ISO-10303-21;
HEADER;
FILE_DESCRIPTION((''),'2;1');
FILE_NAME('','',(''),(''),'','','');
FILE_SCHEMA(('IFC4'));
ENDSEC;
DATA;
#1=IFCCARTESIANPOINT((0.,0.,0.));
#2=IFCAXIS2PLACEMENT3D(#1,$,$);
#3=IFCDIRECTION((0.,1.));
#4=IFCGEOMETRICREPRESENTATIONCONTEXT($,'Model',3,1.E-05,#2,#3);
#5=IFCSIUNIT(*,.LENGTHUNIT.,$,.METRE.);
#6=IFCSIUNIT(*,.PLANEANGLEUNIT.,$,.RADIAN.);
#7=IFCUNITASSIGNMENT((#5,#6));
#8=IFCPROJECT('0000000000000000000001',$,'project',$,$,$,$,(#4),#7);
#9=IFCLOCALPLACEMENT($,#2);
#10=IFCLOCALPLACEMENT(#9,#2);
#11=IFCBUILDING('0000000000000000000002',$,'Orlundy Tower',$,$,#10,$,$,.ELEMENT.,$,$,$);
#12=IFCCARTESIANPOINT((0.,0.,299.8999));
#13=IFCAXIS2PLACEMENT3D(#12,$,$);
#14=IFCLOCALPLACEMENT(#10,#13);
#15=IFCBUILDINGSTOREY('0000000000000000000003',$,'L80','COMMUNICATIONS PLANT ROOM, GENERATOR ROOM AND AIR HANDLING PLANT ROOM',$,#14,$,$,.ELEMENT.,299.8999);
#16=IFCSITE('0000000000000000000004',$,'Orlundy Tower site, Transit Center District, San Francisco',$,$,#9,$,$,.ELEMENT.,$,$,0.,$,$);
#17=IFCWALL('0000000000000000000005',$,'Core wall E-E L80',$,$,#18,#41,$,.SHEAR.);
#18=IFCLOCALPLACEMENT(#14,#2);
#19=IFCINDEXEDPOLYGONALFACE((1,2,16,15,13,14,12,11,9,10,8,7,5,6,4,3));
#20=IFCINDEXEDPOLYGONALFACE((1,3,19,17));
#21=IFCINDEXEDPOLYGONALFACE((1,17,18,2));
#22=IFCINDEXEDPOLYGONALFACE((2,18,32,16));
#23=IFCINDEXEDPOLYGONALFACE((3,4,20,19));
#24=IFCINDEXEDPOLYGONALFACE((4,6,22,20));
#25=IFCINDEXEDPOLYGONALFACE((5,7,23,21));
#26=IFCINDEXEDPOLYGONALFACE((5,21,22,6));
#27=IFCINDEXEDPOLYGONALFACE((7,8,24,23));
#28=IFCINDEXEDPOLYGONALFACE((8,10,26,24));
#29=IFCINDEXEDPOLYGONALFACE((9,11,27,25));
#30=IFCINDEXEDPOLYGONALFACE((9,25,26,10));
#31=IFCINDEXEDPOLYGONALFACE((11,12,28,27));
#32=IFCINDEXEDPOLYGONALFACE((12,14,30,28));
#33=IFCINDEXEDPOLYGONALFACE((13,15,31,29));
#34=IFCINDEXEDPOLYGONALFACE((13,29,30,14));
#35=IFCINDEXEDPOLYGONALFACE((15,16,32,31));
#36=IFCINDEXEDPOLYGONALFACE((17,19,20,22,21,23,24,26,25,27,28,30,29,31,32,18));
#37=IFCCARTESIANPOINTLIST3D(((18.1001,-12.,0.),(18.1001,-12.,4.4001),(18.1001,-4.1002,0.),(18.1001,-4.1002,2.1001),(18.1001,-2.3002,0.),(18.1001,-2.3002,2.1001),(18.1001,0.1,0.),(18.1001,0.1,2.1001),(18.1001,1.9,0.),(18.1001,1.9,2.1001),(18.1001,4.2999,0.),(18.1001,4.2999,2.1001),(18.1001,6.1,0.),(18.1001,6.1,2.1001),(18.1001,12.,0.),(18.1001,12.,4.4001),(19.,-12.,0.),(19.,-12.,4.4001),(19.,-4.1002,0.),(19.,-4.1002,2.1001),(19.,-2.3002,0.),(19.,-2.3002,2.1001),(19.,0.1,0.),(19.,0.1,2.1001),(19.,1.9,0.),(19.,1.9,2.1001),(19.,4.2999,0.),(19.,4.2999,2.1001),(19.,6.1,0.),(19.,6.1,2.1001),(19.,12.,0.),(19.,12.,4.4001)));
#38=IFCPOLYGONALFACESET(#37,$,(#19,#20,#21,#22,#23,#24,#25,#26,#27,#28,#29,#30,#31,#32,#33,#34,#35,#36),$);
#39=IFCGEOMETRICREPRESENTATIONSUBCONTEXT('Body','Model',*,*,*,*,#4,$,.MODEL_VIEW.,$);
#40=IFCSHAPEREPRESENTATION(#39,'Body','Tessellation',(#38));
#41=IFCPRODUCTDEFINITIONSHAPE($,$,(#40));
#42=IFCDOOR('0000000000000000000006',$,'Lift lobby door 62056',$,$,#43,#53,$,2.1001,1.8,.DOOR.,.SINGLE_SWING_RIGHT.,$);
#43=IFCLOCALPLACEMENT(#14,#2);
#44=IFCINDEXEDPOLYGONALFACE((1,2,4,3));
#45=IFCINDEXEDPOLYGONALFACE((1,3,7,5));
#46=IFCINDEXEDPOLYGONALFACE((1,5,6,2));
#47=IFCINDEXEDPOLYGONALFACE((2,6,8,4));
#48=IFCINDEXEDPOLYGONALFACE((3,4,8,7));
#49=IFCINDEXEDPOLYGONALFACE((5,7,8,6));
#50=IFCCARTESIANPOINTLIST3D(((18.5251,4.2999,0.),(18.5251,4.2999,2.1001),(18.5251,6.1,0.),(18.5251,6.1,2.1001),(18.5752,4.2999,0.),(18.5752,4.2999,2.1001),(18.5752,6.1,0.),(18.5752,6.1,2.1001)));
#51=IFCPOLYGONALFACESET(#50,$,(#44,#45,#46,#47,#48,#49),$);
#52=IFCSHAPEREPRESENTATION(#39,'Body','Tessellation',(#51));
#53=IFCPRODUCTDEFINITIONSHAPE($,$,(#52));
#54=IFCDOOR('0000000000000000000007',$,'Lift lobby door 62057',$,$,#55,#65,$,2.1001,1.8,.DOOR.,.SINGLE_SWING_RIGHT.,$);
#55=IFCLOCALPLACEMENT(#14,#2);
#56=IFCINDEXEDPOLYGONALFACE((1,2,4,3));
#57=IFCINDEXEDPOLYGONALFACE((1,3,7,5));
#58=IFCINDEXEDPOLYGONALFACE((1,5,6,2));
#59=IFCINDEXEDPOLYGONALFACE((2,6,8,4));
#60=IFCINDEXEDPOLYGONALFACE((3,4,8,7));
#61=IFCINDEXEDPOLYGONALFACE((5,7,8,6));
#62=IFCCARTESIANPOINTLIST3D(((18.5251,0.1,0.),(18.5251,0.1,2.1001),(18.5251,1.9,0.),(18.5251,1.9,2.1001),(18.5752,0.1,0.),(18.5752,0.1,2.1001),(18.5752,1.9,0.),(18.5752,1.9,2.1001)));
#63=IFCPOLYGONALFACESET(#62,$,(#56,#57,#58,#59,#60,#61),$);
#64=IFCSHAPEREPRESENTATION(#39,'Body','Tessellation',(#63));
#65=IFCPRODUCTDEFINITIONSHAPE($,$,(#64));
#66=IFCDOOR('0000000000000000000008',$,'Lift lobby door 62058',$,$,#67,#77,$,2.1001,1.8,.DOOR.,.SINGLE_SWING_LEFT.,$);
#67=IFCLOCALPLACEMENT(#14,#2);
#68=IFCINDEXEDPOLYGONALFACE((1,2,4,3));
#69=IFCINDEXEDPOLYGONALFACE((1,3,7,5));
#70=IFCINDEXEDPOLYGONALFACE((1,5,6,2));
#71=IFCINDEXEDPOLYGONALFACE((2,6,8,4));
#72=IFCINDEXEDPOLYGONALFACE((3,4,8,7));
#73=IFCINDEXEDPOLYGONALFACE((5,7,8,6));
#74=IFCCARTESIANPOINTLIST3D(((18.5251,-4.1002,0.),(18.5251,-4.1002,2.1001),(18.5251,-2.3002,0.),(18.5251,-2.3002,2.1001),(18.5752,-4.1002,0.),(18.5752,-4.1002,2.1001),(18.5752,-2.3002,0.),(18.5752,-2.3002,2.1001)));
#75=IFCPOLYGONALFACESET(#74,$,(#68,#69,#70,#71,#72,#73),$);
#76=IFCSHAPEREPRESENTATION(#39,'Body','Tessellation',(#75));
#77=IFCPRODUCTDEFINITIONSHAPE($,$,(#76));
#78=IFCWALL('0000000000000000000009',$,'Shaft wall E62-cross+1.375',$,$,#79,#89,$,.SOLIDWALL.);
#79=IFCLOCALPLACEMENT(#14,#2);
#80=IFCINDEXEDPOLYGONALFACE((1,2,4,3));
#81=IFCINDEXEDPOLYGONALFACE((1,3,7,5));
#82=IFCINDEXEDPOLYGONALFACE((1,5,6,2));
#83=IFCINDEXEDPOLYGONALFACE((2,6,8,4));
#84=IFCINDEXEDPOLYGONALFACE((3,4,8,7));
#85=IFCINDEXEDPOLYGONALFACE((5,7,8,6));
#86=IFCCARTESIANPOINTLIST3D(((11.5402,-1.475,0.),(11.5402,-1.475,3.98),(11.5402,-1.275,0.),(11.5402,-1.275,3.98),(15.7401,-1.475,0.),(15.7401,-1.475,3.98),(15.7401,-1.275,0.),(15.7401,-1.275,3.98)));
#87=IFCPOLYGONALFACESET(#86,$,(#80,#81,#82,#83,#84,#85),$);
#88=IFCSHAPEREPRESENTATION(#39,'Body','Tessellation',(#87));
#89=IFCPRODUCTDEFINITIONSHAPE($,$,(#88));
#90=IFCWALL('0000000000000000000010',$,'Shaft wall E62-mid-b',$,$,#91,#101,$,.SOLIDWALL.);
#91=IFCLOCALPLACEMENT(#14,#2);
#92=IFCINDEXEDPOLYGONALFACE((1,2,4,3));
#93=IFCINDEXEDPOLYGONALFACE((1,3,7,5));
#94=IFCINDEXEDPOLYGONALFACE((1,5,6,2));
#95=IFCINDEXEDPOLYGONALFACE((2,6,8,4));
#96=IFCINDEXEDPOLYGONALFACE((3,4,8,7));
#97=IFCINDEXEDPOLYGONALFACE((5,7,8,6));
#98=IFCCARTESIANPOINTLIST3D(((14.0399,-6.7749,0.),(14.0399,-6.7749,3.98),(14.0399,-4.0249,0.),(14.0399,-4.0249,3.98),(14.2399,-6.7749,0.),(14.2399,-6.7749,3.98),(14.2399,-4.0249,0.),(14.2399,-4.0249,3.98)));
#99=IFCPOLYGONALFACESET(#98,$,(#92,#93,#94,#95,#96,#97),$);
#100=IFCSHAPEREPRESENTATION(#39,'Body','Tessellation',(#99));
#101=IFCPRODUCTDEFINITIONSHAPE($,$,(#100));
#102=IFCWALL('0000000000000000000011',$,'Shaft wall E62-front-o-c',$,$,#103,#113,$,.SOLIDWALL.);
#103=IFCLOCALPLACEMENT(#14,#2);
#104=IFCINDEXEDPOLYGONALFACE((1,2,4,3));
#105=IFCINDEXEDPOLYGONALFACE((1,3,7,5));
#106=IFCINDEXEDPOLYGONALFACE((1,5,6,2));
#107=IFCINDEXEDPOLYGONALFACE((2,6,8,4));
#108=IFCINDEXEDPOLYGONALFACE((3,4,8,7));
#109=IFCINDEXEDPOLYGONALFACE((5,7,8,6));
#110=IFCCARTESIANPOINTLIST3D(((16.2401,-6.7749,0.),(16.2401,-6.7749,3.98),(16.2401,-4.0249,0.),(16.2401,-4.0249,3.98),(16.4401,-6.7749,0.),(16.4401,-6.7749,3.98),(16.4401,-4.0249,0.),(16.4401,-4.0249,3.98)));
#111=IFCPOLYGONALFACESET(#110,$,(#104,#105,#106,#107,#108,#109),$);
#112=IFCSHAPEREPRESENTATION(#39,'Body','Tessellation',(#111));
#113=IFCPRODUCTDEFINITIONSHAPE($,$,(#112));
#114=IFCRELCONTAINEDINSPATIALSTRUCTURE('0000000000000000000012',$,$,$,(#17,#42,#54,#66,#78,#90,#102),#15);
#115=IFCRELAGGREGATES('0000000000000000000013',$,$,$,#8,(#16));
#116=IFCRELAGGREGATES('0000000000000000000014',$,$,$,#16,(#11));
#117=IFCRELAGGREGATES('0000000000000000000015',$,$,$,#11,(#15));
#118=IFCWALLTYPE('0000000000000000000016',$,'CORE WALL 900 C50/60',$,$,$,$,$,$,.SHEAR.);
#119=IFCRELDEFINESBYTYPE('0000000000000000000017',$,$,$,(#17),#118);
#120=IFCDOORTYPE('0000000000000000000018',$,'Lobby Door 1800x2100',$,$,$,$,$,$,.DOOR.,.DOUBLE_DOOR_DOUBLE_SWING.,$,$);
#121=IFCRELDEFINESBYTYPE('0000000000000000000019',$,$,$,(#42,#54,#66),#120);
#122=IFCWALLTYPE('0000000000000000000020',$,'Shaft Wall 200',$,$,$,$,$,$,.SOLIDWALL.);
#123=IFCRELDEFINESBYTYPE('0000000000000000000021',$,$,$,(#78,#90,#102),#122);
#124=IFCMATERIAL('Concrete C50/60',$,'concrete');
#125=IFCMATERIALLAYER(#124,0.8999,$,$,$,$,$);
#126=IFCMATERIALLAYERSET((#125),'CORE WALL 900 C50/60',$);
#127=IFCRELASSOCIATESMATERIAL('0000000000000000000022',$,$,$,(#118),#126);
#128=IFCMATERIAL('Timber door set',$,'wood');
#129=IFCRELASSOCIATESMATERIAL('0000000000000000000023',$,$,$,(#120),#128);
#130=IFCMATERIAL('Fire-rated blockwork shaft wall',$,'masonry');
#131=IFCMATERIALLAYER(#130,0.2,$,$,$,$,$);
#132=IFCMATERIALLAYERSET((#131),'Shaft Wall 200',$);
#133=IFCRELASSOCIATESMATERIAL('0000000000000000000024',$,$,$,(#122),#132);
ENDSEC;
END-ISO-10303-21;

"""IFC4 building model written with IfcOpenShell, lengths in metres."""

from ifc_helpers import new_model, si_unit, direction, frame, frame_2d, origin, place, context, subcontext, project, spatial, rectangle, extrude, material, layer, layer_set, type_object, element, fill, save


model = new_model("IFC4")

# Units and contexts
model_context = context("Model", 3, precision=1e-05, world=origin(), true_north=direction((0.0, 1.0)))
body_context = subcontext(model_context, "Body", "Model", "MODEL_VIEW")
ifc_project = project(units=[si_unit("LENGTHUNIT", "METRE"), si_unit("PLANEANGLEUNIT", "RADIAN")], contexts=[model_context])

# Site, building, storey
site_placement = place(None, origin())
site = spatial("IfcSite", under=ifc_project, at=site_placement, Name="Orlundy Tower site, Transit Center District, San Francisco", CompositionType="ELEMENT", RefElevation=0.0)
building_placement = place(site_placement, origin())
building = spatial("IfcBuilding", under=site, at=building_placement, Name="Orlundy Tower", CompositionType="ELEMENT")
storey_placement = place(building_placement, frame((0.0, 0.0, 299.8999)))
storey = spatial("IfcBuildingStorey", under=building, at=storey_placement, Name="L80", Description="COMMUNICATIONS PLANT ROOM, GENERATOR ROOM AND AIR HANDLING PLANT ROOM", CompositionType="ELEMENT", Elevation=299.8999)

# Wall, openings, doors
ifc_material_1 = material(Name="Concrete C50/60", Category="concrete")
ifc_layer_1 = layer(ifc_material_1, 0.8999)
ifc_layer_set_1 = layer_set([ifc_layer_1], Name="CORE WALL 900 C50/60")
wall_type_1 = type_object("IfcWallType", Name="CORE WALL 900 C50/60", PredefinedType="SHEAR", material=ifc_layer_set_1)
wall_1_placement = place(storey_placement, frame((18.55, -12.0, 0.0), z_axis=(0.0, 0.0, 1.0), x_axis=(0.0, 1.0, 0.0)))
wall_1 = element("IfcWall", 1, at=wall_1_placement, inside=storey, type_object=wall_type_1, Name="Core wall E-E L80", PredefinedType="SHEAR", context=body_context, shape_type="SweptSolid", body=[
    extrude(rectangle(XDim=24.0, YDim=0.8999, at=frame_2d((12.0, 0.0))), origin(), (0.0, 0.0, 1.0), 4.4001),
])
opening_1_placement = place(wall_1_placement, frame((16.3, 0.0, 0.0)))
opening_1 = element("IfcOpeningElement", 2, at=opening_1_placement, cuts=wall_1, PredefinedType="OPENING", context=body_context, shape_type="SweptSolid", body=[
    extrude(rectangle(XDim=1.8, YDim=2.1001, at=frame_2d((0.8999, 1.05))), frame((0.0, 0.46, 0.0), z_axis=(0.0, -1.0, 0.0), x_axis=(1.0, 0.0, 0.0)), (0.0, 0.0, 1.0), 0.9199),
])
opening_2_placement = place(wall_1_placement, frame((12.1001, 0.0, 0.0)))
opening_2 = element("IfcOpeningElement", 3, at=opening_2_placement, cuts=wall_1, PredefinedType="OPENING", context=body_context, shape_type="SweptSolid", body=[
    extrude(rectangle(XDim=1.8, YDim=2.1001, at=frame_2d((0.8999, 1.05))), frame((0.0, 0.46, 0.0), z_axis=(0.0, -1.0, 0.0), x_axis=(1.0, 0.0, 0.0)), (0.0, 0.0, 1.0), 0.9199),
])
opening_3_placement = place(wall_1_placement, frame((7.8999, 0.0, 0.0)))
opening_3 = element("IfcOpeningElement", 4, at=opening_3_placement, cuts=wall_1, PredefinedType="OPENING", context=body_context, shape_type="SweptSolid", body=[
    extrude(rectangle(XDim=1.8, YDim=2.1001, at=frame_2d((0.8999, 1.05))), frame((0.0, 0.46, 0.0), z_axis=(0.0, -1.0, 0.0), x_axis=(1.0, 0.0, 0.0)), (0.0, 0.0, 1.0), 0.9199),
])
ifc_material_2 = material(Name="Timber door set", Category="wood")
door_type = type_object("IfcDoorType", Name="Lobby Door 1800x2100", OperationType="DOUBLE_DOOR_DOUBLE_SWING", PredefinedType="DOOR", material=ifc_material_2)
door_1_placement = place(opening_1_placement, origin())
door_1 = element("IfcDoor", 5, at=door_1_placement, inside=storey, type_object=door_type, Name="Lift lobby door 62056", OperationType="SINGLE_SWING_RIGHT", OverallHeight=2.1001, OverallWidth=1.8, PredefinedType="DOOR", context=body_context, shape_type="SweptSolid", body=[
    extrude(rectangle(XDim=1.8, YDim=2.1001, at=frame_2d((0.8999, 1.05))), frame((0.0, 0.0249, 0.0), z_axis=(0.0, -1.0, 0.0), x_axis=(1.0, 0.0, 0.0)), (0.0, 0.0, 1.0), 0.05),
])
fill(opening_1, door_1)
door_2_placement = place(opening_2_placement, origin())
door_2 = element("IfcDoor", 6, at=door_2_placement, inside=storey, type_object=door_type, Name="Lift lobby door 62057", OperationType="SINGLE_SWING_RIGHT", OverallHeight=2.1001, OverallWidth=1.8, PredefinedType="DOOR", context=body_context, shape_type="SweptSolid", body=[
    extrude(rectangle(XDim=1.8, YDim=2.1001, at=frame_2d((0.8999, 1.05))), frame((0.0, 0.0249, 0.0), z_axis=(0.0, -1.0, 0.0), x_axis=(1.0, 0.0, 0.0)), (0.0, 0.0, 1.0), 0.05),
])
fill(opening_2, door_2)
door_3_placement = place(opening_3_placement, origin())
door_3 = element("IfcDoor", 7, at=door_3_placement, inside=storey, type_object=door_type, Name="Lift lobby door 62058", OperationType="SINGLE_SWING_LEFT", OverallHeight=2.1001, OverallWidth=1.8, PredefinedType="DOOR", context=body_context, shape_type="SweptSolid", body=[
    extrude(rectangle(XDim=1.8, YDim=2.1001, at=frame_2d((0.8999, 1.05))), frame((0.0, 0.0249, 0.0), z_axis=(0.0, -1.0, 0.0), x_axis=(1.0, 0.0, 0.0)), (0.0, 0.0, 1.0), 0.05),
])
fill(opening_3, door_3)

# Walls
ifc_material_3 = material(Name="Fire-rated blockwork shaft wall", Category="masonry")
ifc_layer_2 = layer(ifc_material_3, 0.2)
ifc_layer_set_2 = layer_set([ifc_layer_2], Name="Shaft Wall 200")
wall_type_2 = type_object("IfcWallType", Name="Shaft Wall 200", PredefinedType="SOLIDWALL", material=ifc_layer_set_2)
wall_2_placement = place(storey_placement, frame((11.54, -1.375, 0.0), z_axis=(0.0, 0.0, 1.0), x_axis=(1.0, 0.0, 0.0)))
element("IfcWall", 8, at=wall_2_placement, inside=storey, type_object=wall_type_2, Name="Shaft wall E62-cross+1.375", PredefinedType="SOLIDWALL", context=body_context, shape_type="SweptSolid", body=[
    extrude(rectangle(XDim=4.2, YDim=0.2, at=frame_2d((2.1001, 0.0))), origin(), (0.0, 0.0, 1.0), 3.98),
])
for number, where, z_axis, x_axis, name in (
    (9, (14.1399, -4.0249, 0.0), (0.0, 0.0, 1.0), (0.0, -1.0, 0.0), "Shaft wall E62-mid-b"),
    (10, (16.3401, -4.0249, 0.0), (0.0, 0.0, 1.0), (0.0, -1.0, 0.0), "Shaft wall E62-front-o-c"),
):
    element("IfcWall", number, at=place(storey_placement, frame(where, z_axis=z_axis, x_axis=x_axis)), inside=storey, type_object=wall_type_2, Name=name, PredefinedType="SOLIDWALL", context=body_context, shape_type="SweptSolid", body=[
        extrude(rectangle(XDim=2.75, YDim=0.2, at=frame_2d((1.375, 0.0))), origin(), (0.0, 0.0, 1.0), 3.98),
    ])

save(model, "model.ifc")
